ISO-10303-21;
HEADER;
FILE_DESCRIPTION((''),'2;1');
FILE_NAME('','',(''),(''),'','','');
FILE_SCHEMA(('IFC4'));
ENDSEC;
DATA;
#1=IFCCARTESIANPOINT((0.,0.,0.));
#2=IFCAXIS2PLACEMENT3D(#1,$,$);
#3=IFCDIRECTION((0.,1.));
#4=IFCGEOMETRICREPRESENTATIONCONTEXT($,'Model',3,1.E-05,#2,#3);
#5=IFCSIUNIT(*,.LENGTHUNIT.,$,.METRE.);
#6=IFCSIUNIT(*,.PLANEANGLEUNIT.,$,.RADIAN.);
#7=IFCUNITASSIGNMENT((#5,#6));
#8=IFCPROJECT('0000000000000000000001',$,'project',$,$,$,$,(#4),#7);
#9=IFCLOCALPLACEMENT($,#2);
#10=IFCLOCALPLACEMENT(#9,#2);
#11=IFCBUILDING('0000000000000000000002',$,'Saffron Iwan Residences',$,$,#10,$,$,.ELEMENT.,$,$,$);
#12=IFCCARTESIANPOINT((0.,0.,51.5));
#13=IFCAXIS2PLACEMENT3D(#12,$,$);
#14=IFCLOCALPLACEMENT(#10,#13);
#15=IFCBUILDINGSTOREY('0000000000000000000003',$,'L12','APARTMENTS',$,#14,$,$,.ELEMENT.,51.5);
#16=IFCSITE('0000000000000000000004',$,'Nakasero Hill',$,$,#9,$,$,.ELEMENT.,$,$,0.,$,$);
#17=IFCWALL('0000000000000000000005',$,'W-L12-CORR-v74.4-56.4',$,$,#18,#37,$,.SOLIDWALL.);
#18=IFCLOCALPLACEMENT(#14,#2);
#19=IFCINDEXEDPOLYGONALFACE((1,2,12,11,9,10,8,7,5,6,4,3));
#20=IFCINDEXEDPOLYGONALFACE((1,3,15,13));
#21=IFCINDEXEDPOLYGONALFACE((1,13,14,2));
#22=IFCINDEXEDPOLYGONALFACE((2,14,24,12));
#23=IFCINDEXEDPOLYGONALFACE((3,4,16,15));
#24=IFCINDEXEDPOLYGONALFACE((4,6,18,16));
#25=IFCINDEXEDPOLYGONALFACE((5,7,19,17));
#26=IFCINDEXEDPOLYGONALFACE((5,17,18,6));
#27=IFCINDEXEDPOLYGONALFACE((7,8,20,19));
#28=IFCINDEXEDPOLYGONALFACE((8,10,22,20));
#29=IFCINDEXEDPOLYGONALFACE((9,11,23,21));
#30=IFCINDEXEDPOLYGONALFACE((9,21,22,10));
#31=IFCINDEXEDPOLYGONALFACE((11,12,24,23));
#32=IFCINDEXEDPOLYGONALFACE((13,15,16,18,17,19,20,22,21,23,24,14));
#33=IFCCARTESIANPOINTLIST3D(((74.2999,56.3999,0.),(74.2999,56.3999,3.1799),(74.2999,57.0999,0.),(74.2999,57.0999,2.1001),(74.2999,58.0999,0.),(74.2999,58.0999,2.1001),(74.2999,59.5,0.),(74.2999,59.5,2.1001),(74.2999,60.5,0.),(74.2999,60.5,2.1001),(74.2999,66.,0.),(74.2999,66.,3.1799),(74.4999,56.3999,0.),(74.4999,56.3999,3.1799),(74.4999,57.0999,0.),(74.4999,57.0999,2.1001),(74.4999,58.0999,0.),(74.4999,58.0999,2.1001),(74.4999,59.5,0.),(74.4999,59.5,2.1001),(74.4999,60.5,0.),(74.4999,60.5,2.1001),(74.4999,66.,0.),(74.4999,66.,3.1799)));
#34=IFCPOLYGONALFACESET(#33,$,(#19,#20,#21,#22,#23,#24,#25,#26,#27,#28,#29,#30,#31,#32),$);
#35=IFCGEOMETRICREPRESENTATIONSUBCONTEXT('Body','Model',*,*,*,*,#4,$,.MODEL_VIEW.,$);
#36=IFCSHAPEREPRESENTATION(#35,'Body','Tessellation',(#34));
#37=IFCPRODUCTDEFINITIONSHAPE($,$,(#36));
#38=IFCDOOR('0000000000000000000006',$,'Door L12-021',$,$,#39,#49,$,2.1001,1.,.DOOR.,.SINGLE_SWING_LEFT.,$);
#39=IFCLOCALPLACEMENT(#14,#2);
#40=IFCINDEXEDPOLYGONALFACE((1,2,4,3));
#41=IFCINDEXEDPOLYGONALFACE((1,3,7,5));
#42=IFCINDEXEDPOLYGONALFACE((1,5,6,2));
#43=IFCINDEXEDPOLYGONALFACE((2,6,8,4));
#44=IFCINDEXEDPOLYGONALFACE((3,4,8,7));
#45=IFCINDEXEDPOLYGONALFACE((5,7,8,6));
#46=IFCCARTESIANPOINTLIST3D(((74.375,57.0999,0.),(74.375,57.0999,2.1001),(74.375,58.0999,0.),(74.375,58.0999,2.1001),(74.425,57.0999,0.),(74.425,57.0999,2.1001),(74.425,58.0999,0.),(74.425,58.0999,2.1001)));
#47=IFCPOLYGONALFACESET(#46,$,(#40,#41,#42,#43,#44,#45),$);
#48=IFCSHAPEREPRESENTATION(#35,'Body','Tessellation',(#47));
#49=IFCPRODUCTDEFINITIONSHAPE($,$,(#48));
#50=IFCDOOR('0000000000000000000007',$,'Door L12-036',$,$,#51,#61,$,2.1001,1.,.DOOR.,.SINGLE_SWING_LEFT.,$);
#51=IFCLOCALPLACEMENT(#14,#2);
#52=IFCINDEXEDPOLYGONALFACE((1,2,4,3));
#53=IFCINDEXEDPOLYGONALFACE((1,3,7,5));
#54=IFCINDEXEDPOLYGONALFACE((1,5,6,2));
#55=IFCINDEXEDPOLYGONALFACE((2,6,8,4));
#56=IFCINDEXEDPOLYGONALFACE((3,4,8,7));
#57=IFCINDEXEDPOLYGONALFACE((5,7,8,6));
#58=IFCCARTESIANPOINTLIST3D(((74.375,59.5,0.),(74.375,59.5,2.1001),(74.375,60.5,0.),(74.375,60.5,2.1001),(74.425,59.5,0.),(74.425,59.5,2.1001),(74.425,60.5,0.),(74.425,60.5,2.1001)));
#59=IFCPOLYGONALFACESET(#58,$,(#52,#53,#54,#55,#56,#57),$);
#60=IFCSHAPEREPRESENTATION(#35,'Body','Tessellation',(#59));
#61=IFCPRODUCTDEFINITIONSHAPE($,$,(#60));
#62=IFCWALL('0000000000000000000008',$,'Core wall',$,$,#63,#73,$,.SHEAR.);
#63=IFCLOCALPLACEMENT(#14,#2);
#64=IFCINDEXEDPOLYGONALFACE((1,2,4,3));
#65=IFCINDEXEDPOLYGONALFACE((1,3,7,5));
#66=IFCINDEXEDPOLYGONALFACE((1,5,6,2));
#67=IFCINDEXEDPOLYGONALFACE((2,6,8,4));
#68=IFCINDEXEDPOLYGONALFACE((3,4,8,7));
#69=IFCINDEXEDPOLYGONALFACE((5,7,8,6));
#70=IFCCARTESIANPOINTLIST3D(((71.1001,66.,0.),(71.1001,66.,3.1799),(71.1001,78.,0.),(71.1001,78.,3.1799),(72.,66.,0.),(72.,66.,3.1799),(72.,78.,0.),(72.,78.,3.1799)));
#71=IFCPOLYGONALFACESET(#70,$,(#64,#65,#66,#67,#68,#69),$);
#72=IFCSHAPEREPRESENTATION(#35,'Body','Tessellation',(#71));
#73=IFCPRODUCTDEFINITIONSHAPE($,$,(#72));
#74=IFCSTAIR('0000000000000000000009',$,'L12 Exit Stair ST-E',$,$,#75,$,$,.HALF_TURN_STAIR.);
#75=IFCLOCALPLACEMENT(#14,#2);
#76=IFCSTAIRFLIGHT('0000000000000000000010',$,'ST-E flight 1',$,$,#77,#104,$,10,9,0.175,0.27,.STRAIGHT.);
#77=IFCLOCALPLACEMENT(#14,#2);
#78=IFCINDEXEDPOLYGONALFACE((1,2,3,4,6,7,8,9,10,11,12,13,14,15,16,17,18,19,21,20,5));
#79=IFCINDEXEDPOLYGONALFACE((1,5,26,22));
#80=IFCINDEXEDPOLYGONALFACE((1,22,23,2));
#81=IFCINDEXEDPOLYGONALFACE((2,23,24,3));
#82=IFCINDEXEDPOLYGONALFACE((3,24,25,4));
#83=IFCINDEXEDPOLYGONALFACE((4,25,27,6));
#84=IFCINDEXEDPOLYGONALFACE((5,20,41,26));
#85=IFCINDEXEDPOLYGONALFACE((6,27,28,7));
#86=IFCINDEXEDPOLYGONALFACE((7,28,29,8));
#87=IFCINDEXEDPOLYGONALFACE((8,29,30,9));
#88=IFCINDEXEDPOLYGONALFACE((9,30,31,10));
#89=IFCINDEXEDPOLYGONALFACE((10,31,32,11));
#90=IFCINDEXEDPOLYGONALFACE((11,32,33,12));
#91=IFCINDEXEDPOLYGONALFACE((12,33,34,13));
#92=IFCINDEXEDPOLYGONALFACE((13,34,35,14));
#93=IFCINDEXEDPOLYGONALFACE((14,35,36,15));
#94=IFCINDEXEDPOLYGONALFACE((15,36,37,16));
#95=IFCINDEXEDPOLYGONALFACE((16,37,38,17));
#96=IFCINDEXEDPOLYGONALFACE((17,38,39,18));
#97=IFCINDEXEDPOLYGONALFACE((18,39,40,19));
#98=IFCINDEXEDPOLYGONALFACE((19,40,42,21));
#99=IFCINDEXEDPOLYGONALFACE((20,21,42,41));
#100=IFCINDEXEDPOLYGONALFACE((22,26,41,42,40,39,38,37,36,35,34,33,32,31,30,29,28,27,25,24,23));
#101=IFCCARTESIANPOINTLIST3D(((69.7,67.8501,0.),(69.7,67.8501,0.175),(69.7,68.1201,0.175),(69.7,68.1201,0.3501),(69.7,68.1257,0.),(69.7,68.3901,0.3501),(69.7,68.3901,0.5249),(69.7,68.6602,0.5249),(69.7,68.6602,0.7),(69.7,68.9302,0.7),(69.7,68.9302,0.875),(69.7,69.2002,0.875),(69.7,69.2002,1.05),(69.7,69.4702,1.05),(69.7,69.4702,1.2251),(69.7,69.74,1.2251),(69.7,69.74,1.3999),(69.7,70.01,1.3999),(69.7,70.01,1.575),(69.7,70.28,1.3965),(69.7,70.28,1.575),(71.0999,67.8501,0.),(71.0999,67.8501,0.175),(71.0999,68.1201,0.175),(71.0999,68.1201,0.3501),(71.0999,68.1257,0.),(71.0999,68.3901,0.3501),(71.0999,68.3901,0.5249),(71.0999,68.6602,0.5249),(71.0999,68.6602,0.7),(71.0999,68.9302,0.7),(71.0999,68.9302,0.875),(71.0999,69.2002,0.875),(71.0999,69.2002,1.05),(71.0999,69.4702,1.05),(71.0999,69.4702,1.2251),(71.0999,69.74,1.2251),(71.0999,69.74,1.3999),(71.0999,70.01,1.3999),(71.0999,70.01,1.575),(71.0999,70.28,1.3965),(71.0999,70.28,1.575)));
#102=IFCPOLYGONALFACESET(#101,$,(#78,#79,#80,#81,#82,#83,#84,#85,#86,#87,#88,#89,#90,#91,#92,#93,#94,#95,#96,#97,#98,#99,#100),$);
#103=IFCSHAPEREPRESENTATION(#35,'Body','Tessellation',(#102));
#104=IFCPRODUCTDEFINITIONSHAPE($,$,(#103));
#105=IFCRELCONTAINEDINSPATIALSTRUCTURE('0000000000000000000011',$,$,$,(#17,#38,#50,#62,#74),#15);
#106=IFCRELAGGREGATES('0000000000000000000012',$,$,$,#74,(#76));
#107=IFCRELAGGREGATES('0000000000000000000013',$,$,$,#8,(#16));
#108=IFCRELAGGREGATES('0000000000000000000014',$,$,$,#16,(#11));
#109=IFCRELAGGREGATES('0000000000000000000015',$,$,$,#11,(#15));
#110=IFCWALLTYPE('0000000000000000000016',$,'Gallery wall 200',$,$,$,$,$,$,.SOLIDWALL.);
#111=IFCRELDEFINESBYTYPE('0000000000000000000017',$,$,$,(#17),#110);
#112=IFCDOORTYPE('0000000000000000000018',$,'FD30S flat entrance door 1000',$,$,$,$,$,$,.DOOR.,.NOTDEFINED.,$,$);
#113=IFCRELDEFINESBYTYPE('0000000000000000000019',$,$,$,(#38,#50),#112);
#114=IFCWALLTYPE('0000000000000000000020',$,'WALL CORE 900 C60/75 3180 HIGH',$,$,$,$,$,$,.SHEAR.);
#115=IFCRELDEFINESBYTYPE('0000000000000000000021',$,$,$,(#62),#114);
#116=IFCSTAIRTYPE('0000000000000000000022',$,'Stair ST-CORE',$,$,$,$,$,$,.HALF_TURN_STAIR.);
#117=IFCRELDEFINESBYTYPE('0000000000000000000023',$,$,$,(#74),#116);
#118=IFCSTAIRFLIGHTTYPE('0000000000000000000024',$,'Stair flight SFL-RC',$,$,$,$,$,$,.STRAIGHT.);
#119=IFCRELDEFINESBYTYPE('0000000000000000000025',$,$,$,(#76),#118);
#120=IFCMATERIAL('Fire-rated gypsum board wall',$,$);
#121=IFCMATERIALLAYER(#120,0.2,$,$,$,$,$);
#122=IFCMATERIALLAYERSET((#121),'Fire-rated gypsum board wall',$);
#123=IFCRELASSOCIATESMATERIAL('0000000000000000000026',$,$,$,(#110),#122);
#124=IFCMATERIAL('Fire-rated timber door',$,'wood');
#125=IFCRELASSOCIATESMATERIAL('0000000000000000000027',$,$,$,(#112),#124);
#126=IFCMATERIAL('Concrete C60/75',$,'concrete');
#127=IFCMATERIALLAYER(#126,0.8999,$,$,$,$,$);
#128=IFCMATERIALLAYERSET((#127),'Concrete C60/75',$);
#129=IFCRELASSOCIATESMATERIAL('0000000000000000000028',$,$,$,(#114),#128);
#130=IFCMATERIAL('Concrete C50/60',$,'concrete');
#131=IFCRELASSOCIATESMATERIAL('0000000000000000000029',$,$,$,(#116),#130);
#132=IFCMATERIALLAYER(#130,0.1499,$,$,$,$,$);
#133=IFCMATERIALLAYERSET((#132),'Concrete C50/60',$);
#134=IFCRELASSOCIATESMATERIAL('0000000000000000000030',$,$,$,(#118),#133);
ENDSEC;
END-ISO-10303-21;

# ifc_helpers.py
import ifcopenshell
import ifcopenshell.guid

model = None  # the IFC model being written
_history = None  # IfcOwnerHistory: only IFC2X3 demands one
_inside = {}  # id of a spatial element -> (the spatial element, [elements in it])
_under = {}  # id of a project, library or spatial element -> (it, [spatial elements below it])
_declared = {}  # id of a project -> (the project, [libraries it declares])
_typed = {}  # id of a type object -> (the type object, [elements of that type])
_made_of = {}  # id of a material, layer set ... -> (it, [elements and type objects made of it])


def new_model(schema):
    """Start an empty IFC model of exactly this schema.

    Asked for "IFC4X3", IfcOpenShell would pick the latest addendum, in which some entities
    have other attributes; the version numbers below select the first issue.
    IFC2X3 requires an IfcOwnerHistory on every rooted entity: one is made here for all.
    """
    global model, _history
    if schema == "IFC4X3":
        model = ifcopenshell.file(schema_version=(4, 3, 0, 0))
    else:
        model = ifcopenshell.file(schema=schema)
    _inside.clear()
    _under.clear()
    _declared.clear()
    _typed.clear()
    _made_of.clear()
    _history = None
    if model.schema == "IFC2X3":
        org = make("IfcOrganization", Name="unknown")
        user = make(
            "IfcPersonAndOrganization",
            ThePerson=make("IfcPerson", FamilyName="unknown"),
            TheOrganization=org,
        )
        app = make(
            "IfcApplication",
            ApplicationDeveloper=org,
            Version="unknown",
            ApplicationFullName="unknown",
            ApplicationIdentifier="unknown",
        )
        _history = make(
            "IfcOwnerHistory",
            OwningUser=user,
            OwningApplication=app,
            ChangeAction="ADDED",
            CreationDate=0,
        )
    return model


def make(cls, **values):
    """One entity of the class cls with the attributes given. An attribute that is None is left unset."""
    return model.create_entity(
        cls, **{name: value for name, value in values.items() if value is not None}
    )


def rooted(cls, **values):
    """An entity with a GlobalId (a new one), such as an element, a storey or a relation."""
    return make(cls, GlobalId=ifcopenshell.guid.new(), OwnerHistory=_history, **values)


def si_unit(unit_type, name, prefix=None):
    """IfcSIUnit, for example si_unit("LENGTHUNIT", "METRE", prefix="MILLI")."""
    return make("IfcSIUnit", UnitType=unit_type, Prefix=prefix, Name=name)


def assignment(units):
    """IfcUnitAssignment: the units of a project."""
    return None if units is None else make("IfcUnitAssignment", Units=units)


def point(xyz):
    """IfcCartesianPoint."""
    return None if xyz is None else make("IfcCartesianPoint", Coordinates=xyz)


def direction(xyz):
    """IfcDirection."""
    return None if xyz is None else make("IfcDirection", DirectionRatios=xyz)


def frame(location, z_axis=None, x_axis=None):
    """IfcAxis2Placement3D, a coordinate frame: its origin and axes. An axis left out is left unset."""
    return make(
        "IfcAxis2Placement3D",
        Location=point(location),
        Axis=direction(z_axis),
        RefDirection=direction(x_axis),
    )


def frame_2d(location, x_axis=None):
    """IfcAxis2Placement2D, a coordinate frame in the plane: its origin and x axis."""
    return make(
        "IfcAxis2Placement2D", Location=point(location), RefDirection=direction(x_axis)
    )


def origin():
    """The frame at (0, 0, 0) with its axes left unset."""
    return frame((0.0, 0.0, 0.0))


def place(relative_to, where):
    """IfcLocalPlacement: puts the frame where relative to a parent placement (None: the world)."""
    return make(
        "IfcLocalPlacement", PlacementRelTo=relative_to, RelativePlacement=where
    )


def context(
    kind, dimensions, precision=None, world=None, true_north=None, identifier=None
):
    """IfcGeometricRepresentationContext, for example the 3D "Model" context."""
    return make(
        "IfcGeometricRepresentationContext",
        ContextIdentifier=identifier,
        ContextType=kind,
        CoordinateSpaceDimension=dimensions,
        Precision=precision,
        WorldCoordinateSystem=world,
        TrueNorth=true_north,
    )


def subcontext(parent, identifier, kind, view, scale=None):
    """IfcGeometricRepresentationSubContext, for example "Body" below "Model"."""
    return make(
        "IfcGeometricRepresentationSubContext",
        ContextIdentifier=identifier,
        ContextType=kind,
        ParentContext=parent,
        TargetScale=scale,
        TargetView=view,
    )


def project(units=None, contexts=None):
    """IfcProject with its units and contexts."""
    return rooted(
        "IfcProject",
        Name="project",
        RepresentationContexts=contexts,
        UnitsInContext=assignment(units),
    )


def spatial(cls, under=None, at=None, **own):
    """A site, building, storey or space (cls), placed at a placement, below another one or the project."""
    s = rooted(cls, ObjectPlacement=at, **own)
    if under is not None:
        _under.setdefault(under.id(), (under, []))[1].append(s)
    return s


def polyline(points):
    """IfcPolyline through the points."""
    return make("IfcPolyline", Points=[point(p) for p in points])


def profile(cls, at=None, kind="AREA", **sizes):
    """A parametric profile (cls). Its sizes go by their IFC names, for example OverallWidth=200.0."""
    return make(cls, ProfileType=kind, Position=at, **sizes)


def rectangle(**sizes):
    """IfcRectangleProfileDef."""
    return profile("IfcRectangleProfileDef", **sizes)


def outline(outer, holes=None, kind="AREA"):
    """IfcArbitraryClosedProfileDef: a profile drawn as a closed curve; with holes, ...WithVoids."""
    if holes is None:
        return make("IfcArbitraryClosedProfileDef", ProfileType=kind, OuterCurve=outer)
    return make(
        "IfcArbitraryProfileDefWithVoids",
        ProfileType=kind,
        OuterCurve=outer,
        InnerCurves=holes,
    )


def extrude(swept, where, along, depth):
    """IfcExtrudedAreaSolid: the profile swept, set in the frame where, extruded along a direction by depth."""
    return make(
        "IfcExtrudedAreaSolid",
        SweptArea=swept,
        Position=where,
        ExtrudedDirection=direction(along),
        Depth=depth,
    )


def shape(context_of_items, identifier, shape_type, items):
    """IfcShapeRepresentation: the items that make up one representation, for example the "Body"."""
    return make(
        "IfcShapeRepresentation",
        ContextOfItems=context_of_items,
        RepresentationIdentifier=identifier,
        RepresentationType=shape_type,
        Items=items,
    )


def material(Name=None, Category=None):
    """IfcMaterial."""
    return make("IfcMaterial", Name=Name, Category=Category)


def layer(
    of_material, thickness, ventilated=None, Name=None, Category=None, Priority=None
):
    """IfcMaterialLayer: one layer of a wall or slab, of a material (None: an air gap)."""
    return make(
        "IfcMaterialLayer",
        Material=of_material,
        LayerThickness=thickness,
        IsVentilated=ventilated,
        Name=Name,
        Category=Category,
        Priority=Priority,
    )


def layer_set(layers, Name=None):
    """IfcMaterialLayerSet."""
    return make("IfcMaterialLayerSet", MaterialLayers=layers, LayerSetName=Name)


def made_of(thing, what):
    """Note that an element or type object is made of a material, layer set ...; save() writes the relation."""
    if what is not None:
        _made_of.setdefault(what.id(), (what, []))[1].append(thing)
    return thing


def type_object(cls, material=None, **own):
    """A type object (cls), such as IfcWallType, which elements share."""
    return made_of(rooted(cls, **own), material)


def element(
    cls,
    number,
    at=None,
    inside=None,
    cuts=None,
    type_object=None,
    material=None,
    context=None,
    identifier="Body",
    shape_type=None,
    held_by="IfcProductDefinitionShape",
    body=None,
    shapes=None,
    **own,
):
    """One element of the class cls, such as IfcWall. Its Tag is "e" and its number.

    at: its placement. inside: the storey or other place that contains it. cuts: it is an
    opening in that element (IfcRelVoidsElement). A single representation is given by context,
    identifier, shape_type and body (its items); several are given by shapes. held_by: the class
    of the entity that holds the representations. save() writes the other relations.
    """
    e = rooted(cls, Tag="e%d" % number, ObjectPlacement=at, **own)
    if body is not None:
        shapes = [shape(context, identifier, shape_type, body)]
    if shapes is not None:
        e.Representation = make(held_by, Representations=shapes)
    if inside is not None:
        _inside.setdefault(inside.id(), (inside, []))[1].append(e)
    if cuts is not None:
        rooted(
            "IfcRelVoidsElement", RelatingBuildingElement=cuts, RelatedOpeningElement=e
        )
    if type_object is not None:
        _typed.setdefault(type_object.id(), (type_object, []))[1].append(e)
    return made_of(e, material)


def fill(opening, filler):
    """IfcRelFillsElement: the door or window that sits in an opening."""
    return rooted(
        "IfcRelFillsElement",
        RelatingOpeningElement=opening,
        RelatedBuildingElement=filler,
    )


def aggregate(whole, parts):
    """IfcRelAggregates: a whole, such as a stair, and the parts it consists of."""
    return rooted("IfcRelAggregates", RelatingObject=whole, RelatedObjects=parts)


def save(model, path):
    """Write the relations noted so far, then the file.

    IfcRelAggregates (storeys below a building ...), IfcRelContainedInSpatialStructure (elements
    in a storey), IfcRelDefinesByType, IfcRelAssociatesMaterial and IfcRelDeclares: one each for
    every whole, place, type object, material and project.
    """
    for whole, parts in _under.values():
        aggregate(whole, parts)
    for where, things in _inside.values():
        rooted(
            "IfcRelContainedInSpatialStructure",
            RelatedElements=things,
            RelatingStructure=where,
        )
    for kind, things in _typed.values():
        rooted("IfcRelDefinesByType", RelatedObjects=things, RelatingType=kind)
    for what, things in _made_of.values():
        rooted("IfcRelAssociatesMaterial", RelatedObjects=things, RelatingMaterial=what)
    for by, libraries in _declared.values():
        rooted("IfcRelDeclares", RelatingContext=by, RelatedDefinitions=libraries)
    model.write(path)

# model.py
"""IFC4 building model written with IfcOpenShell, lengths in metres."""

from ifc_helpers import new_model, si_unit, direction, frame, frame_2d, origin, place, context, subcontext, project, spatial, polyline, rectangle, outline, extrude, material, layer, layer_set, type_object, element, fill, aggregate, save


model = new_model("IFC4")

# Units and contexts
model_context = context("Model", 3, precision=1e-05, world=origin(), true_north=direction((0.0, 1.0)))
body_context = subcontext(model_context, "Body", "Model", "MODEL_VIEW")
ifc_project = project(units=[si_unit("LENGTHUNIT", "METRE"), si_unit("PLANEANGLEUNIT", "RADIAN")], contexts=[model_context])

# Site, building, storey
site_placement = place(None, origin())
site = spatial("IfcSite", under=ifc_project, at=site_placement, Name="Nakasero Hill", CompositionType="ELEMENT", RefElevation=0.0)
building_placement = place(site_placement, origin())
building = spatial("IfcBuilding", under=site, at=building_placement, Name="Saffron Iwan Residences", CompositionType="ELEMENT")
storey_placement = place(building_placement, frame((0.0, 0.0, 51.5)))
storey = spatial("IfcBuildingStorey", under=building, at=storey_placement, Name="L12", Description="APARTMENTS", CompositionType="ELEMENT", Elevation=51.5)

# Shared definitions
ifc_material_1 = material(Name="Concrete C60/75", Category="concrete")

# Shared definitions
ifc_material_2 = material(Name="Fire-rated gypsum board wall")

# Shared definitions
ifc_layer_1 = layer(ifc_material_2, 0.2)
ifc_layer_set_1 = layer_set([ifc_layer_1], Name="Fire-rated gypsum board wall")
wall_type_1 = type_object("IfcWallType", Name="Gallery wall 200", PredefinedType="SOLIDWALL", material=ifc_layer_set_1)

# Wall, openings, doors
wall_1_placement = place(storey_placement, frame((74.3999, 56.3999, 0.0), z_axis=(0.0, 0.0, 1.0), x_axis=(0.0, 1.0, 0.0)))
wall_1 = element("IfcWall", 1, at=wall_1_placement, inside=storey, type_object=wall_type_1, Name="W-L12-CORR-v74.4-56.4", PredefinedType="SOLIDWALL", context=body_context, shape_type="SweptSolid", body=[
    extrude(rectangle(XDim=9.6001, YDim=0.2, at=frame_2d((4.8, 0.0))), origin(), (0.0, 0.0, 1.0), 3.1799),
])
opening_1_placement = place(wall_1_placement, frame((0.7, 0.0, 0.0)))
opening_1 = element("IfcOpeningElement", 2, at=opening_1_placement, cuts=wall_1, PredefinedType="OPENING", context=body_context, shape_type="SweptSolid", body=[
    extrude(rectangle(XDim=1.0, YDim=2.1001, at=frame_2d((0.5, 1.05))), frame((0.0, 0.1099, 0.0), z_axis=(0.0, -1.0, 0.0), x_axis=(1.0, 0.0, 0.0)), (0.0, 0.0, 1.0), 0.22),
])
opening_2_placement = place(wall_1_placement, frame((3.1001, 0.0, 0.0)))
opening_2 = element("IfcOpeningElement", 3, at=opening_2_placement, cuts=wall_1, PredefinedType="OPENING", context=body_context, shape_type="SweptSolid", body=[
    extrude(rectangle(XDim=1.0, YDim=2.1001, at=frame_2d((0.5, 1.05))), frame((0.0, 0.1099, 0.0), z_axis=(0.0, -1.0, 0.0), x_axis=(1.0, 0.0, 0.0)), (0.0, 0.0, 1.0), 0.22),
])
ifc_material_3 = material(Name="Fire-rated timber door", Category="wood")
door_type_1 = type_object("IfcDoorType", Name="FD30S flat entrance door 1000", OperationType="NOTDEFINED", PredefinedType="DOOR", material=ifc_material_3)
door_1_placement = place(opening_1_placement, origin())
door_1 = element("IfcDoor", 4, at=door_1_placement, inside=storey, type_object=door_type_1, Name="Door L12-021", OperationType="SINGLE_SWING_LEFT", OverallHeight=2.1001, OverallWidth=1.0, PredefinedType="DOOR", context=body_context, shape_type="SweptSolid", body=[
    extrude(rectangle(XDim=1.0, YDim=2.1001, at=frame_2d((0.5, 1.05))), frame((0.0, 0.0249, 0.0), z_axis=(0.0, -1.0, 0.0), x_axis=(1.0, 0.0, 0.0)), (0.0, 0.0, 1.0), 0.05),
])
fill(opening_1, door_1)
door_2_placement = place(opening_2_placement, origin())
door_2 = element("IfcDoor", 5, at=door_2_placement, inside=storey, type_object=door_type_1, Name="Door L12-036", OperationType="SINGLE_SWING_LEFT", OverallHeight=2.1001, OverallWidth=1.0, PredefinedType="DOOR", context=body_context, shape_type="SweptSolid", body=[
    extrude(rectangle(XDim=1.0, YDim=2.1001, at=frame_2d((0.5, 1.05))), frame((0.0, 0.0249, 0.0), z_axis=(0.0, -1.0, 0.0), x_axis=(1.0, 0.0, 0.0)), (0.0, 0.0, 1.0), 0.05),
])
fill(opening_2, door_2)

# Wall
ifc_layer_2 = layer(ifc_material_1, 0.8999)
ifc_layer_set_2 = layer_set([ifc_layer_2], Name="Concrete C60/75")
wall_type_2 = type_object("IfcWallType", Name="WALL CORE 900 C60/75 3180 HIGH", PredefinedType="SHEAR", material=ifc_layer_set_2)
wall_2_placement = place(storey_placement, frame((71.55, 66.0, 0.0), z_axis=(0.0, 0.0, 1.0), x_axis=(0.0, 1.0, 0.0)))
element("IfcWall", 6, at=wall_2_placement, inside=storey, type_object=wall_type_2, Name="Core wall", PredefinedType="SHEAR", context=body_context, shape_type="SweptSolid", body=[
    extrude(rectangle(XDim=12.0, YDim=0.8999, at=frame_2d((6.0, 0.0))), origin(), (0.0, 0.0, 1.0), 3.1799),
])

# Stair, stair flight
ifc_material_4 = material(Name="Concrete C50/60", Category="concrete")
stair_type = type_object("IfcStairType", Name="Stair ST-CORE", PredefinedType="HALF_TURN_STAIR", material=ifc_material_4)
stair_placement = place(storey_placement, origin())
stair = element("IfcStair", 7, at=stair_placement, inside=storey, type_object=stair_type, Name="L12 Exit Stair ST-E", PredefinedType="HALF_TURN_STAIR")
ifc_layer_3 = layer(ifc_material_4, 0.1499)
ifc_layer_set_3 = layer_set([ifc_layer_3], Name="Concrete C50/60")
stair_flight_type = type_object("IfcStairFlightType", Name="Stair flight SFL-RC", PredefinedType="STRAIGHT", material=ifc_layer_set_3)
stair_flight_placement = place(storey_placement, frame((70.3999, 67.8501, 0.0), z_axis=(0.0, 0.0, 1.0), x_axis=(0.0, 1.0, 0.0)))
stair_flight = element("IfcStairFlight", 8, at=stair_flight_placement, type_object=stair_flight_type, Name="ST-E flight 1", NumberOfRisers=10, NumberOfTreads=9, PredefinedType="STRAIGHT", RiserHeight=0.175, TreadLength=0.27, context=body_context, shape_type="SweptSolid", body=[
    extrude(outline(polyline([(0.0, 0.0), (0.0, 0.175), (0.27, 0.175), (0.27, 0.3501), (0.54, 0.3501), (0.54, 0.5249), (0.8101, 0.5249), (0.8101, 0.7), (1.0801, 0.7), (1.0801, 0.875), (1.3501, 0.875), (1.3501, 1.05), (1.6201, 1.05), (1.6201, 1.2251), (1.8899, 1.2251), (1.8899, 1.3999), (2.1599, 1.3999), (2.1599, 1.575), (2.4299, 1.575), (2.4299, 1.75), (2.4299, 1.3965), (0.2756, 0.0), (0.0, 0.0)])), frame((0.0, 0.7, 0.0), z_axis=(0.0, -1.0, 0.0), x_axis=(1.0, 0.0, 0.0)), (0.0, 0.0, 1.0), 1.3999),
])
aggregate(stair, [stair_flight])

save(model, "model.ifc")
